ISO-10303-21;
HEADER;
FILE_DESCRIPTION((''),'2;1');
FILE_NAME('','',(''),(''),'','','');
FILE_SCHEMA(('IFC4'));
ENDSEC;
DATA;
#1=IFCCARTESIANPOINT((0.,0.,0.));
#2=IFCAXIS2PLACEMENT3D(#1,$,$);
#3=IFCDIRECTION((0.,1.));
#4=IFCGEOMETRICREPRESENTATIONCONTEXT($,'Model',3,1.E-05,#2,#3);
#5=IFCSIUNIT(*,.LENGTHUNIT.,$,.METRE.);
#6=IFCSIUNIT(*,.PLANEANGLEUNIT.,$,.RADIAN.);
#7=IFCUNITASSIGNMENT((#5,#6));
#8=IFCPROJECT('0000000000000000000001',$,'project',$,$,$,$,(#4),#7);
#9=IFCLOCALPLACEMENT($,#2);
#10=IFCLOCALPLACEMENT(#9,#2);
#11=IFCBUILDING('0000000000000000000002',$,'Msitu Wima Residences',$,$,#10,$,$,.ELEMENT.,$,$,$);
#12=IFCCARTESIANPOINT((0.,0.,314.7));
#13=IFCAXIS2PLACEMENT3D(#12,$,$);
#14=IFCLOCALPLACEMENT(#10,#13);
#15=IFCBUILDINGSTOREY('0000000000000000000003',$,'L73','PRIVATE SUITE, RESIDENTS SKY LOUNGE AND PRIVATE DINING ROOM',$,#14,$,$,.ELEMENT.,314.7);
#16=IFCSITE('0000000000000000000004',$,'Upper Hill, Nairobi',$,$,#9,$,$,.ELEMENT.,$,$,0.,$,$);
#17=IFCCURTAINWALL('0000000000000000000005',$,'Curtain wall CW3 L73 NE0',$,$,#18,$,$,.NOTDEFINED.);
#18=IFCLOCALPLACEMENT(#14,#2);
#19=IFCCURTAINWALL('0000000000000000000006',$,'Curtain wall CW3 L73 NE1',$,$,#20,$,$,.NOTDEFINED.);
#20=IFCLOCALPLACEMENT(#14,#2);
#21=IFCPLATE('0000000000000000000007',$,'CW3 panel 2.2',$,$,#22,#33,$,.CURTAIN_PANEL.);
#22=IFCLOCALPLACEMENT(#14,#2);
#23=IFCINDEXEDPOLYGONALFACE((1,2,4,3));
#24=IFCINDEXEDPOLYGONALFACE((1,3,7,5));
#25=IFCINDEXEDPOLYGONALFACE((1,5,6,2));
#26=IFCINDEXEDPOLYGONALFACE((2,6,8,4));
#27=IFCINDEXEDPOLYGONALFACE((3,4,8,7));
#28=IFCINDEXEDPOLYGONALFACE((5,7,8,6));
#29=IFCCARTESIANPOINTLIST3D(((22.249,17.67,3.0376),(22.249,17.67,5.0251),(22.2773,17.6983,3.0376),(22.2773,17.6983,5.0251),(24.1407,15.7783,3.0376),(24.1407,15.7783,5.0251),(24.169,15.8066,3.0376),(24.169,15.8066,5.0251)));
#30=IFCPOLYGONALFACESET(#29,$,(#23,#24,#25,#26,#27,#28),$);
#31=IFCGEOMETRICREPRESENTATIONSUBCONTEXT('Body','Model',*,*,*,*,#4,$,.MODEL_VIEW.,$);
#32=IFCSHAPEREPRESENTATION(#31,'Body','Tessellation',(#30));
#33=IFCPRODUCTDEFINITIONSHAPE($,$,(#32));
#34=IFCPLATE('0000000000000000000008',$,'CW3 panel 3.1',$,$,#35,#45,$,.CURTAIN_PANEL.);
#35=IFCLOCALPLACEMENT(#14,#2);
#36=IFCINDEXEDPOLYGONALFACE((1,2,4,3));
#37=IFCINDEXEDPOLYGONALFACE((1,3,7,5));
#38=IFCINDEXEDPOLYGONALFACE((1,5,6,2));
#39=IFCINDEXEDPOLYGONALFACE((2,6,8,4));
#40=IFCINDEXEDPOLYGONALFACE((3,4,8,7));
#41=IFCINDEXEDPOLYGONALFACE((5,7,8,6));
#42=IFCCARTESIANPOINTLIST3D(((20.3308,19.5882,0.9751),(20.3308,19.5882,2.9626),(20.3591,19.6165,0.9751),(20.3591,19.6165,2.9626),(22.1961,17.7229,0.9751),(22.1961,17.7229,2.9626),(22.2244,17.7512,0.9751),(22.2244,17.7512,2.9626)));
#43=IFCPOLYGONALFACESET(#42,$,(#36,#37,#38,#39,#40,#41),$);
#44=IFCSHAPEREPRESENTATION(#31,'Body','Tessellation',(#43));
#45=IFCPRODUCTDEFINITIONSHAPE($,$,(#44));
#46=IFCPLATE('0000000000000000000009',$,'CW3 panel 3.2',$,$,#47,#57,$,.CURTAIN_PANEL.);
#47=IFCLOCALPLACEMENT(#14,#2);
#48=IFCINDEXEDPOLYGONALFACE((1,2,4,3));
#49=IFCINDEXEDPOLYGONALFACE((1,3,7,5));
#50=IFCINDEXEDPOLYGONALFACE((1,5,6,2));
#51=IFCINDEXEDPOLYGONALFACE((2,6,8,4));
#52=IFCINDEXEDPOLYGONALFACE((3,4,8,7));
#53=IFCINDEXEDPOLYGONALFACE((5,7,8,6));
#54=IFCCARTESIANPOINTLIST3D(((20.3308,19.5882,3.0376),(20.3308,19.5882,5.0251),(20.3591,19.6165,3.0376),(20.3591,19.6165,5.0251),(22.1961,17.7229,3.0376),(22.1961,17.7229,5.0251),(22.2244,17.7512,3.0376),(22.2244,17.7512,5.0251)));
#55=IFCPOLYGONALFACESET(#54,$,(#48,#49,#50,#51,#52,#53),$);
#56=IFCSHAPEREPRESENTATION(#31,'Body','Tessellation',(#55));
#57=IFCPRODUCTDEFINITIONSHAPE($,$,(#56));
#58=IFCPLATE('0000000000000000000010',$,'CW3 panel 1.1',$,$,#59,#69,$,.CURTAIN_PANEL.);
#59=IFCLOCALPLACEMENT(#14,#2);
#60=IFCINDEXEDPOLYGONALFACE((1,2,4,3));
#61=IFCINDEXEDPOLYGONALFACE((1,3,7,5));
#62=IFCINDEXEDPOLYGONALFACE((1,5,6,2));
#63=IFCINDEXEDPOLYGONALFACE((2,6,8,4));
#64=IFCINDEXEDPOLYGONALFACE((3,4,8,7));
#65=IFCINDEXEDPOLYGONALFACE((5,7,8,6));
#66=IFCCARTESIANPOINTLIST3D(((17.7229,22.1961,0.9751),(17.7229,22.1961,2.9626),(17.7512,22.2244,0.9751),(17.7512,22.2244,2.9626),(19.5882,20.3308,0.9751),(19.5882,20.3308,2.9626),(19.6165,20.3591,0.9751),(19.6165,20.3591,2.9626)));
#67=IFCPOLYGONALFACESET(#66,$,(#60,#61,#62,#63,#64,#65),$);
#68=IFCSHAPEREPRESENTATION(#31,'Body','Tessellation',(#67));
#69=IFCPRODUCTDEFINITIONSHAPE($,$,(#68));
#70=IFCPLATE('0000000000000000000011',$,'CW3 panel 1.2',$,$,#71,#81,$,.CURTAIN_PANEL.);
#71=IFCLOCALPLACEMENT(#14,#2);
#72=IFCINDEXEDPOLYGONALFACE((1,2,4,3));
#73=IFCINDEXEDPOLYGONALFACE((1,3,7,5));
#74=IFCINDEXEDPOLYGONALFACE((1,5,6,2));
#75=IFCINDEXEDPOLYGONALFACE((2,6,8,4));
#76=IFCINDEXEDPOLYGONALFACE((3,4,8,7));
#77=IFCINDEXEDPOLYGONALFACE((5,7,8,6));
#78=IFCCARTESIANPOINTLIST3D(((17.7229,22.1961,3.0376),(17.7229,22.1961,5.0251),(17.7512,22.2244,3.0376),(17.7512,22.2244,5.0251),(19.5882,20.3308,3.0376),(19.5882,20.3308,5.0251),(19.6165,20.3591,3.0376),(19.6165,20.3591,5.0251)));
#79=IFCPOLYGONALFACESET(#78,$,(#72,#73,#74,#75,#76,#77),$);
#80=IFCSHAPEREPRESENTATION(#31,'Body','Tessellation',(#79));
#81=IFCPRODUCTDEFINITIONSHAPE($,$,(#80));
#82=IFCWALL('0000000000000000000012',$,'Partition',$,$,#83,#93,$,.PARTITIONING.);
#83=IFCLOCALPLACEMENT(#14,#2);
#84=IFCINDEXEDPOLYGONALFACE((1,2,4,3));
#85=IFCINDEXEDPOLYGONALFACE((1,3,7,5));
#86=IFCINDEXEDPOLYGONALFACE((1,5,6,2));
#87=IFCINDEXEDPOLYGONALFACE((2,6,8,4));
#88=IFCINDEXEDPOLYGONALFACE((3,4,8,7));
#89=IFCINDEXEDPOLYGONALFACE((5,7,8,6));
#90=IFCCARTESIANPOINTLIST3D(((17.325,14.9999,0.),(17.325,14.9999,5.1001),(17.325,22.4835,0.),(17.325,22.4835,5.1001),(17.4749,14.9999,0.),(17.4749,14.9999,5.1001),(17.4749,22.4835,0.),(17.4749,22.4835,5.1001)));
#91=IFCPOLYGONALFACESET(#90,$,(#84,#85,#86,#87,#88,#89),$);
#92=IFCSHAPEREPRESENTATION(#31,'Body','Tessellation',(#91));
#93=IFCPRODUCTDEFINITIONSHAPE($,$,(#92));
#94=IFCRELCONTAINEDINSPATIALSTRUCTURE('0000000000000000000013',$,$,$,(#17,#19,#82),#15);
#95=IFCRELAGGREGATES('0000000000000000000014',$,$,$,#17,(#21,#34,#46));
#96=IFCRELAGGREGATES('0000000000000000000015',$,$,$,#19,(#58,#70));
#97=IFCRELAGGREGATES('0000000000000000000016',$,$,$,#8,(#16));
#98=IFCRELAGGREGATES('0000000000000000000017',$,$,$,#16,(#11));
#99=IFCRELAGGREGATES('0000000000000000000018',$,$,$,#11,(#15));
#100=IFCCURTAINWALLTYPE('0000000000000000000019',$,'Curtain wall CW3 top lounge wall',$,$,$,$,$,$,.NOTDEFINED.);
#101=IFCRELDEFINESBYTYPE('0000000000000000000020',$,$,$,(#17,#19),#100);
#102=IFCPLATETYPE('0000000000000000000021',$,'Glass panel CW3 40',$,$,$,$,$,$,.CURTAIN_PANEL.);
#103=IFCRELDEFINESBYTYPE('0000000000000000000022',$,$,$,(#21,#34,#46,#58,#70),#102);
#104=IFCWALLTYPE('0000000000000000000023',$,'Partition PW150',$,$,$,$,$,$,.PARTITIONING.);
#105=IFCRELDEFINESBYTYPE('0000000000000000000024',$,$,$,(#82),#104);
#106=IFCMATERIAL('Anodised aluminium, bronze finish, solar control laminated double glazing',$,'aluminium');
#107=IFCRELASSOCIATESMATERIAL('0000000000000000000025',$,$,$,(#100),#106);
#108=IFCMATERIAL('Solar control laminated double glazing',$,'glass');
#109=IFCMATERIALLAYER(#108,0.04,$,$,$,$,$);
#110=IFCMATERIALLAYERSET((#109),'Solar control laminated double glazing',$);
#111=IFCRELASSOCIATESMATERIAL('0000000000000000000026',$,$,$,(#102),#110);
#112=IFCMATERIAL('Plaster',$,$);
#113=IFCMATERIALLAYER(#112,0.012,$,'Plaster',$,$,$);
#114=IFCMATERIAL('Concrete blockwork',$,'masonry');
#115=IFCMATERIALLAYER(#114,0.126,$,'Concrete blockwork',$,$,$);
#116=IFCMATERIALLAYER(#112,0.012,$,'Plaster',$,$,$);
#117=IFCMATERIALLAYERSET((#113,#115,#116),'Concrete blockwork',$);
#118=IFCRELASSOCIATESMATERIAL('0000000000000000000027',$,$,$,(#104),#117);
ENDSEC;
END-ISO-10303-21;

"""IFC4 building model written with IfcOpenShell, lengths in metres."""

from ifc_helpers import new_model, si_unit, direction, frame, frame_2d, origin, origin_2d, place, context, subcontext, project, spatial, rectangle, extrude, material, layer, layer_set, type_object, element, aggregate, save


model = new_model("IFC4")

# Units and contexts
model_context = context("Model", 3, precision=1e-05, world=origin(), true_north=direction((0.0, 1.0)))
body_context = subcontext(model_context, "Body", "Model", "MODEL_VIEW")
ifc_project = project(units=[si_unit("LENGTHUNIT", "METRE"), si_unit("PLANEANGLEUNIT", "RADIAN")], contexts=[model_context])

# Site, building, storey
site_placement = place(None, origin())
site = spatial("IfcSite", under=ifc_project, at=site_placement, Name="Upper Hill, Nairobi", CompositionType="ELEMENT", RefElevation=0.0)
building_placement = place(site_placement, origin())
building = spatial("IfcBuilding", under=site, at=building_placement, Name="Msitu Wima Residences", CompositionType="ELEMENT")
storey_placement = place(building_placement, frame((0.0, 0.0, 314.7)))
storey = spatial("IfcBuildingStorey", under=building, at=storey_placement, Name="L73", Description="PRIVATE SUITE, RESIDENTS SKY LOUNGE AND PRIVATE DINING ROOM", CompositionType="ELEMENT", Elevation=314.7)

# Curtain walls
ifc_material_1 = material(Name="Anodised aluminium, bronze finish, solar control laminated double glazing", Category="aluminium")
curtain_wall_type = type_object("IfcCurtainWallType", Name="Curtain wall CW3 top lounge wall", PredefinedType="NOTDEFINED", material=ifc_material_1)
curtain_wall_1_placement = place(storey_placement, origin())
curtain_wall_1 = element("IfcCurtainWall", 1, at=curtain_wall_1_placement, inside=storey, type_object=curtain_wall_type, Name="Curtain wall CW3 L73 NE0", PredefinedType="NOTDEFINED")
curtain_wall_2_placement = place(storey_placement, origin())
curtain_wall_2 = element("IfcCurtainWall", 2, at=curtain_wall_2_placement, inside=storey, type_object=curtain_wall_type, Name="Curtain wall CW3 L73 NE1", PredefinedType="NOTDEFINED")

# Plates
ifc_material_2 = material(Name="Solar control laminated double glazing", Category="glass")
ifc_layer_1 = layer(ifc_material_2, 0.04)
ifc_layer_set_1 = layer_set([ifc_layer_1], Name="Solar control laminated double glazing")
plate_type = type_object("IfcPlateType", Name="Glass panel CW3 40", PredefinedType="CURTAIN_PANEL", material=ifc_layer_set_1)
plate_1_placement = place(storey_placement, frame((23.209, 16.7383, 3.0376), z_axis=(0.0, 0.0, 1.0), x_axis=(-0.707107, 0.707107, 0.0)))
plate_1 = element("IfcPlate", 3, at=plate_1_placement, type_object=plate_type, Name="CW3 panel 2.2", PredefinedType="CURTAIN_PANEL", context=body_context, shape_type="SweptSolid", body=[
    extrude(rectangle(XDim=2.6753, YDim=0.04, at=origin_2d()), origin(), (0.0, 0.0, 1.0), 1.9875),
])
plate_2_placement = place(storey_placement, frame((21.2776, 18.6697, 0.9751), z_axis=(0.0, 0.0, 1.0), x_axis=(-0.707107, 0.707107, 0.0)))
plate_2 = element("IfcPlate", 4, at=plate_2_placement, type_object=plate_type, Name="CW3 panel 3.1", PredefinedType="CURTAIN_PANEL", context=body_context, shape_type="SweptSolid", body=[
    extrude(rectangle(XDim=2.6379, YDim=0.04, at=origin_2d()), origin(), (0.0, 0.0, 1.0), 1.9875),
])
plate_3_placement = place(storey_placement, frame((21.2776, 18.6697, 3.0376), z_axis=(0.0, 0.0, 1.0), x_axis=(-0.707107, 0.707107, 0.0)))
plate_3 = element("IfcPlate", 5, at=plate_3_placement, type_object=plate_type, Name="CW3 panel 3.2", PredefinedType="CURTAIN_PANEL", context=body_context, shape_type="SweptSolid", body=[
    extrude(rectangle(XDim=2.6379, YDim=0.04, at=origin_2d()), origin(), (0.0, 0.0, 1.0), 1.9875),
])
aggregate(curtain_wall_1, [plate_1, plate_2, plate_3])
plate_4_placement = place(storey_placement, frame((18.6697, 21.2776, 0.9751), z_axis=(0.0, 0.0, 1.0), x_axis=(-0.707107, 0.707107, 0.0)))
plate_4 = element("IfcPlate", 6, at=plate_4_placement, type_object=plate_type, Name="CW3 panel 1.1", PredefinedType="CURTAIN_PANEL", context=body_context, shape_type="SweptSolid", body=[
    extrude(rectangle(XDim=2.6379, YDim=0.04, at=origin_2d()), origin(), (0.0, 0.0, 1.0), 1.9875),
])
plate_5_placement = place(storey_placement, frame((18.6697, 21.2776, 3.0376), z_axis=(0.0, 0.0, 1.0), x_axis=(-0.707107, 0.707107, 0.0)))
plate_5 = element("IfcPlate", 7, at=plate_5_placement, type_object=plate_type, Name="CW3 panel 1.2", PredefinedType="CURTAIN_PANEL", context=body_context, shape_type="SweptSolid", body=[
    extrude(rectangle(XDim=2.6379, YDim=0.04, at=origin_2d()), origin(), (0.0, 0.0, 1.0), 1.9875),
])
aggregate(curtain_wall_2, [plate_4, plate_5])

# Wall
ifc_material_3 = material(Name="Plaster")
ifc_layer_2 = layer(ifc_material_3, 0.012, Name="Plaster")
ifc_material_4 = material(Name="Concrete blockwork", Category="masonry")
ifc_layer_3 = layer(ifc_material_4, 0.126, Name="Concrete blockwork")
ifc_layer_4 = layer(ifc_material_3, 0.012, Name="Plaster")
ifc_layer_set_2 = layer_set([ifc_layer_2, ifc_layer_3, ifc_layer_4], Name="Concrete blockwork")
wall_type = type_object("IfcWallType", Name="Partition PW150", PredefinedType="PARTITIONING", material=ifc_layer_set_2)
wall_placement = place(storey_placement, frame((17.3999, 15.0, 0.0), z_axis=(0.0, 0.0, 1.0), x_axis=(0.0, 1.0, 0.0)))
element("IfcWall", 8, at=wall_placement, inside=storey, type_object=wall_type, Name="Partition", PredefinedType="PARTITIONING", context=body_context, shape_type="SweptSolid", body=[
    extrude(rectangle(XDim=7.4836, YDim=0.1499, at=frame_2d((3.7417, 0.0))), origin(), (0.0, 0.0, 1.0), 5.1001),
])

save(model, "model.ifc")
